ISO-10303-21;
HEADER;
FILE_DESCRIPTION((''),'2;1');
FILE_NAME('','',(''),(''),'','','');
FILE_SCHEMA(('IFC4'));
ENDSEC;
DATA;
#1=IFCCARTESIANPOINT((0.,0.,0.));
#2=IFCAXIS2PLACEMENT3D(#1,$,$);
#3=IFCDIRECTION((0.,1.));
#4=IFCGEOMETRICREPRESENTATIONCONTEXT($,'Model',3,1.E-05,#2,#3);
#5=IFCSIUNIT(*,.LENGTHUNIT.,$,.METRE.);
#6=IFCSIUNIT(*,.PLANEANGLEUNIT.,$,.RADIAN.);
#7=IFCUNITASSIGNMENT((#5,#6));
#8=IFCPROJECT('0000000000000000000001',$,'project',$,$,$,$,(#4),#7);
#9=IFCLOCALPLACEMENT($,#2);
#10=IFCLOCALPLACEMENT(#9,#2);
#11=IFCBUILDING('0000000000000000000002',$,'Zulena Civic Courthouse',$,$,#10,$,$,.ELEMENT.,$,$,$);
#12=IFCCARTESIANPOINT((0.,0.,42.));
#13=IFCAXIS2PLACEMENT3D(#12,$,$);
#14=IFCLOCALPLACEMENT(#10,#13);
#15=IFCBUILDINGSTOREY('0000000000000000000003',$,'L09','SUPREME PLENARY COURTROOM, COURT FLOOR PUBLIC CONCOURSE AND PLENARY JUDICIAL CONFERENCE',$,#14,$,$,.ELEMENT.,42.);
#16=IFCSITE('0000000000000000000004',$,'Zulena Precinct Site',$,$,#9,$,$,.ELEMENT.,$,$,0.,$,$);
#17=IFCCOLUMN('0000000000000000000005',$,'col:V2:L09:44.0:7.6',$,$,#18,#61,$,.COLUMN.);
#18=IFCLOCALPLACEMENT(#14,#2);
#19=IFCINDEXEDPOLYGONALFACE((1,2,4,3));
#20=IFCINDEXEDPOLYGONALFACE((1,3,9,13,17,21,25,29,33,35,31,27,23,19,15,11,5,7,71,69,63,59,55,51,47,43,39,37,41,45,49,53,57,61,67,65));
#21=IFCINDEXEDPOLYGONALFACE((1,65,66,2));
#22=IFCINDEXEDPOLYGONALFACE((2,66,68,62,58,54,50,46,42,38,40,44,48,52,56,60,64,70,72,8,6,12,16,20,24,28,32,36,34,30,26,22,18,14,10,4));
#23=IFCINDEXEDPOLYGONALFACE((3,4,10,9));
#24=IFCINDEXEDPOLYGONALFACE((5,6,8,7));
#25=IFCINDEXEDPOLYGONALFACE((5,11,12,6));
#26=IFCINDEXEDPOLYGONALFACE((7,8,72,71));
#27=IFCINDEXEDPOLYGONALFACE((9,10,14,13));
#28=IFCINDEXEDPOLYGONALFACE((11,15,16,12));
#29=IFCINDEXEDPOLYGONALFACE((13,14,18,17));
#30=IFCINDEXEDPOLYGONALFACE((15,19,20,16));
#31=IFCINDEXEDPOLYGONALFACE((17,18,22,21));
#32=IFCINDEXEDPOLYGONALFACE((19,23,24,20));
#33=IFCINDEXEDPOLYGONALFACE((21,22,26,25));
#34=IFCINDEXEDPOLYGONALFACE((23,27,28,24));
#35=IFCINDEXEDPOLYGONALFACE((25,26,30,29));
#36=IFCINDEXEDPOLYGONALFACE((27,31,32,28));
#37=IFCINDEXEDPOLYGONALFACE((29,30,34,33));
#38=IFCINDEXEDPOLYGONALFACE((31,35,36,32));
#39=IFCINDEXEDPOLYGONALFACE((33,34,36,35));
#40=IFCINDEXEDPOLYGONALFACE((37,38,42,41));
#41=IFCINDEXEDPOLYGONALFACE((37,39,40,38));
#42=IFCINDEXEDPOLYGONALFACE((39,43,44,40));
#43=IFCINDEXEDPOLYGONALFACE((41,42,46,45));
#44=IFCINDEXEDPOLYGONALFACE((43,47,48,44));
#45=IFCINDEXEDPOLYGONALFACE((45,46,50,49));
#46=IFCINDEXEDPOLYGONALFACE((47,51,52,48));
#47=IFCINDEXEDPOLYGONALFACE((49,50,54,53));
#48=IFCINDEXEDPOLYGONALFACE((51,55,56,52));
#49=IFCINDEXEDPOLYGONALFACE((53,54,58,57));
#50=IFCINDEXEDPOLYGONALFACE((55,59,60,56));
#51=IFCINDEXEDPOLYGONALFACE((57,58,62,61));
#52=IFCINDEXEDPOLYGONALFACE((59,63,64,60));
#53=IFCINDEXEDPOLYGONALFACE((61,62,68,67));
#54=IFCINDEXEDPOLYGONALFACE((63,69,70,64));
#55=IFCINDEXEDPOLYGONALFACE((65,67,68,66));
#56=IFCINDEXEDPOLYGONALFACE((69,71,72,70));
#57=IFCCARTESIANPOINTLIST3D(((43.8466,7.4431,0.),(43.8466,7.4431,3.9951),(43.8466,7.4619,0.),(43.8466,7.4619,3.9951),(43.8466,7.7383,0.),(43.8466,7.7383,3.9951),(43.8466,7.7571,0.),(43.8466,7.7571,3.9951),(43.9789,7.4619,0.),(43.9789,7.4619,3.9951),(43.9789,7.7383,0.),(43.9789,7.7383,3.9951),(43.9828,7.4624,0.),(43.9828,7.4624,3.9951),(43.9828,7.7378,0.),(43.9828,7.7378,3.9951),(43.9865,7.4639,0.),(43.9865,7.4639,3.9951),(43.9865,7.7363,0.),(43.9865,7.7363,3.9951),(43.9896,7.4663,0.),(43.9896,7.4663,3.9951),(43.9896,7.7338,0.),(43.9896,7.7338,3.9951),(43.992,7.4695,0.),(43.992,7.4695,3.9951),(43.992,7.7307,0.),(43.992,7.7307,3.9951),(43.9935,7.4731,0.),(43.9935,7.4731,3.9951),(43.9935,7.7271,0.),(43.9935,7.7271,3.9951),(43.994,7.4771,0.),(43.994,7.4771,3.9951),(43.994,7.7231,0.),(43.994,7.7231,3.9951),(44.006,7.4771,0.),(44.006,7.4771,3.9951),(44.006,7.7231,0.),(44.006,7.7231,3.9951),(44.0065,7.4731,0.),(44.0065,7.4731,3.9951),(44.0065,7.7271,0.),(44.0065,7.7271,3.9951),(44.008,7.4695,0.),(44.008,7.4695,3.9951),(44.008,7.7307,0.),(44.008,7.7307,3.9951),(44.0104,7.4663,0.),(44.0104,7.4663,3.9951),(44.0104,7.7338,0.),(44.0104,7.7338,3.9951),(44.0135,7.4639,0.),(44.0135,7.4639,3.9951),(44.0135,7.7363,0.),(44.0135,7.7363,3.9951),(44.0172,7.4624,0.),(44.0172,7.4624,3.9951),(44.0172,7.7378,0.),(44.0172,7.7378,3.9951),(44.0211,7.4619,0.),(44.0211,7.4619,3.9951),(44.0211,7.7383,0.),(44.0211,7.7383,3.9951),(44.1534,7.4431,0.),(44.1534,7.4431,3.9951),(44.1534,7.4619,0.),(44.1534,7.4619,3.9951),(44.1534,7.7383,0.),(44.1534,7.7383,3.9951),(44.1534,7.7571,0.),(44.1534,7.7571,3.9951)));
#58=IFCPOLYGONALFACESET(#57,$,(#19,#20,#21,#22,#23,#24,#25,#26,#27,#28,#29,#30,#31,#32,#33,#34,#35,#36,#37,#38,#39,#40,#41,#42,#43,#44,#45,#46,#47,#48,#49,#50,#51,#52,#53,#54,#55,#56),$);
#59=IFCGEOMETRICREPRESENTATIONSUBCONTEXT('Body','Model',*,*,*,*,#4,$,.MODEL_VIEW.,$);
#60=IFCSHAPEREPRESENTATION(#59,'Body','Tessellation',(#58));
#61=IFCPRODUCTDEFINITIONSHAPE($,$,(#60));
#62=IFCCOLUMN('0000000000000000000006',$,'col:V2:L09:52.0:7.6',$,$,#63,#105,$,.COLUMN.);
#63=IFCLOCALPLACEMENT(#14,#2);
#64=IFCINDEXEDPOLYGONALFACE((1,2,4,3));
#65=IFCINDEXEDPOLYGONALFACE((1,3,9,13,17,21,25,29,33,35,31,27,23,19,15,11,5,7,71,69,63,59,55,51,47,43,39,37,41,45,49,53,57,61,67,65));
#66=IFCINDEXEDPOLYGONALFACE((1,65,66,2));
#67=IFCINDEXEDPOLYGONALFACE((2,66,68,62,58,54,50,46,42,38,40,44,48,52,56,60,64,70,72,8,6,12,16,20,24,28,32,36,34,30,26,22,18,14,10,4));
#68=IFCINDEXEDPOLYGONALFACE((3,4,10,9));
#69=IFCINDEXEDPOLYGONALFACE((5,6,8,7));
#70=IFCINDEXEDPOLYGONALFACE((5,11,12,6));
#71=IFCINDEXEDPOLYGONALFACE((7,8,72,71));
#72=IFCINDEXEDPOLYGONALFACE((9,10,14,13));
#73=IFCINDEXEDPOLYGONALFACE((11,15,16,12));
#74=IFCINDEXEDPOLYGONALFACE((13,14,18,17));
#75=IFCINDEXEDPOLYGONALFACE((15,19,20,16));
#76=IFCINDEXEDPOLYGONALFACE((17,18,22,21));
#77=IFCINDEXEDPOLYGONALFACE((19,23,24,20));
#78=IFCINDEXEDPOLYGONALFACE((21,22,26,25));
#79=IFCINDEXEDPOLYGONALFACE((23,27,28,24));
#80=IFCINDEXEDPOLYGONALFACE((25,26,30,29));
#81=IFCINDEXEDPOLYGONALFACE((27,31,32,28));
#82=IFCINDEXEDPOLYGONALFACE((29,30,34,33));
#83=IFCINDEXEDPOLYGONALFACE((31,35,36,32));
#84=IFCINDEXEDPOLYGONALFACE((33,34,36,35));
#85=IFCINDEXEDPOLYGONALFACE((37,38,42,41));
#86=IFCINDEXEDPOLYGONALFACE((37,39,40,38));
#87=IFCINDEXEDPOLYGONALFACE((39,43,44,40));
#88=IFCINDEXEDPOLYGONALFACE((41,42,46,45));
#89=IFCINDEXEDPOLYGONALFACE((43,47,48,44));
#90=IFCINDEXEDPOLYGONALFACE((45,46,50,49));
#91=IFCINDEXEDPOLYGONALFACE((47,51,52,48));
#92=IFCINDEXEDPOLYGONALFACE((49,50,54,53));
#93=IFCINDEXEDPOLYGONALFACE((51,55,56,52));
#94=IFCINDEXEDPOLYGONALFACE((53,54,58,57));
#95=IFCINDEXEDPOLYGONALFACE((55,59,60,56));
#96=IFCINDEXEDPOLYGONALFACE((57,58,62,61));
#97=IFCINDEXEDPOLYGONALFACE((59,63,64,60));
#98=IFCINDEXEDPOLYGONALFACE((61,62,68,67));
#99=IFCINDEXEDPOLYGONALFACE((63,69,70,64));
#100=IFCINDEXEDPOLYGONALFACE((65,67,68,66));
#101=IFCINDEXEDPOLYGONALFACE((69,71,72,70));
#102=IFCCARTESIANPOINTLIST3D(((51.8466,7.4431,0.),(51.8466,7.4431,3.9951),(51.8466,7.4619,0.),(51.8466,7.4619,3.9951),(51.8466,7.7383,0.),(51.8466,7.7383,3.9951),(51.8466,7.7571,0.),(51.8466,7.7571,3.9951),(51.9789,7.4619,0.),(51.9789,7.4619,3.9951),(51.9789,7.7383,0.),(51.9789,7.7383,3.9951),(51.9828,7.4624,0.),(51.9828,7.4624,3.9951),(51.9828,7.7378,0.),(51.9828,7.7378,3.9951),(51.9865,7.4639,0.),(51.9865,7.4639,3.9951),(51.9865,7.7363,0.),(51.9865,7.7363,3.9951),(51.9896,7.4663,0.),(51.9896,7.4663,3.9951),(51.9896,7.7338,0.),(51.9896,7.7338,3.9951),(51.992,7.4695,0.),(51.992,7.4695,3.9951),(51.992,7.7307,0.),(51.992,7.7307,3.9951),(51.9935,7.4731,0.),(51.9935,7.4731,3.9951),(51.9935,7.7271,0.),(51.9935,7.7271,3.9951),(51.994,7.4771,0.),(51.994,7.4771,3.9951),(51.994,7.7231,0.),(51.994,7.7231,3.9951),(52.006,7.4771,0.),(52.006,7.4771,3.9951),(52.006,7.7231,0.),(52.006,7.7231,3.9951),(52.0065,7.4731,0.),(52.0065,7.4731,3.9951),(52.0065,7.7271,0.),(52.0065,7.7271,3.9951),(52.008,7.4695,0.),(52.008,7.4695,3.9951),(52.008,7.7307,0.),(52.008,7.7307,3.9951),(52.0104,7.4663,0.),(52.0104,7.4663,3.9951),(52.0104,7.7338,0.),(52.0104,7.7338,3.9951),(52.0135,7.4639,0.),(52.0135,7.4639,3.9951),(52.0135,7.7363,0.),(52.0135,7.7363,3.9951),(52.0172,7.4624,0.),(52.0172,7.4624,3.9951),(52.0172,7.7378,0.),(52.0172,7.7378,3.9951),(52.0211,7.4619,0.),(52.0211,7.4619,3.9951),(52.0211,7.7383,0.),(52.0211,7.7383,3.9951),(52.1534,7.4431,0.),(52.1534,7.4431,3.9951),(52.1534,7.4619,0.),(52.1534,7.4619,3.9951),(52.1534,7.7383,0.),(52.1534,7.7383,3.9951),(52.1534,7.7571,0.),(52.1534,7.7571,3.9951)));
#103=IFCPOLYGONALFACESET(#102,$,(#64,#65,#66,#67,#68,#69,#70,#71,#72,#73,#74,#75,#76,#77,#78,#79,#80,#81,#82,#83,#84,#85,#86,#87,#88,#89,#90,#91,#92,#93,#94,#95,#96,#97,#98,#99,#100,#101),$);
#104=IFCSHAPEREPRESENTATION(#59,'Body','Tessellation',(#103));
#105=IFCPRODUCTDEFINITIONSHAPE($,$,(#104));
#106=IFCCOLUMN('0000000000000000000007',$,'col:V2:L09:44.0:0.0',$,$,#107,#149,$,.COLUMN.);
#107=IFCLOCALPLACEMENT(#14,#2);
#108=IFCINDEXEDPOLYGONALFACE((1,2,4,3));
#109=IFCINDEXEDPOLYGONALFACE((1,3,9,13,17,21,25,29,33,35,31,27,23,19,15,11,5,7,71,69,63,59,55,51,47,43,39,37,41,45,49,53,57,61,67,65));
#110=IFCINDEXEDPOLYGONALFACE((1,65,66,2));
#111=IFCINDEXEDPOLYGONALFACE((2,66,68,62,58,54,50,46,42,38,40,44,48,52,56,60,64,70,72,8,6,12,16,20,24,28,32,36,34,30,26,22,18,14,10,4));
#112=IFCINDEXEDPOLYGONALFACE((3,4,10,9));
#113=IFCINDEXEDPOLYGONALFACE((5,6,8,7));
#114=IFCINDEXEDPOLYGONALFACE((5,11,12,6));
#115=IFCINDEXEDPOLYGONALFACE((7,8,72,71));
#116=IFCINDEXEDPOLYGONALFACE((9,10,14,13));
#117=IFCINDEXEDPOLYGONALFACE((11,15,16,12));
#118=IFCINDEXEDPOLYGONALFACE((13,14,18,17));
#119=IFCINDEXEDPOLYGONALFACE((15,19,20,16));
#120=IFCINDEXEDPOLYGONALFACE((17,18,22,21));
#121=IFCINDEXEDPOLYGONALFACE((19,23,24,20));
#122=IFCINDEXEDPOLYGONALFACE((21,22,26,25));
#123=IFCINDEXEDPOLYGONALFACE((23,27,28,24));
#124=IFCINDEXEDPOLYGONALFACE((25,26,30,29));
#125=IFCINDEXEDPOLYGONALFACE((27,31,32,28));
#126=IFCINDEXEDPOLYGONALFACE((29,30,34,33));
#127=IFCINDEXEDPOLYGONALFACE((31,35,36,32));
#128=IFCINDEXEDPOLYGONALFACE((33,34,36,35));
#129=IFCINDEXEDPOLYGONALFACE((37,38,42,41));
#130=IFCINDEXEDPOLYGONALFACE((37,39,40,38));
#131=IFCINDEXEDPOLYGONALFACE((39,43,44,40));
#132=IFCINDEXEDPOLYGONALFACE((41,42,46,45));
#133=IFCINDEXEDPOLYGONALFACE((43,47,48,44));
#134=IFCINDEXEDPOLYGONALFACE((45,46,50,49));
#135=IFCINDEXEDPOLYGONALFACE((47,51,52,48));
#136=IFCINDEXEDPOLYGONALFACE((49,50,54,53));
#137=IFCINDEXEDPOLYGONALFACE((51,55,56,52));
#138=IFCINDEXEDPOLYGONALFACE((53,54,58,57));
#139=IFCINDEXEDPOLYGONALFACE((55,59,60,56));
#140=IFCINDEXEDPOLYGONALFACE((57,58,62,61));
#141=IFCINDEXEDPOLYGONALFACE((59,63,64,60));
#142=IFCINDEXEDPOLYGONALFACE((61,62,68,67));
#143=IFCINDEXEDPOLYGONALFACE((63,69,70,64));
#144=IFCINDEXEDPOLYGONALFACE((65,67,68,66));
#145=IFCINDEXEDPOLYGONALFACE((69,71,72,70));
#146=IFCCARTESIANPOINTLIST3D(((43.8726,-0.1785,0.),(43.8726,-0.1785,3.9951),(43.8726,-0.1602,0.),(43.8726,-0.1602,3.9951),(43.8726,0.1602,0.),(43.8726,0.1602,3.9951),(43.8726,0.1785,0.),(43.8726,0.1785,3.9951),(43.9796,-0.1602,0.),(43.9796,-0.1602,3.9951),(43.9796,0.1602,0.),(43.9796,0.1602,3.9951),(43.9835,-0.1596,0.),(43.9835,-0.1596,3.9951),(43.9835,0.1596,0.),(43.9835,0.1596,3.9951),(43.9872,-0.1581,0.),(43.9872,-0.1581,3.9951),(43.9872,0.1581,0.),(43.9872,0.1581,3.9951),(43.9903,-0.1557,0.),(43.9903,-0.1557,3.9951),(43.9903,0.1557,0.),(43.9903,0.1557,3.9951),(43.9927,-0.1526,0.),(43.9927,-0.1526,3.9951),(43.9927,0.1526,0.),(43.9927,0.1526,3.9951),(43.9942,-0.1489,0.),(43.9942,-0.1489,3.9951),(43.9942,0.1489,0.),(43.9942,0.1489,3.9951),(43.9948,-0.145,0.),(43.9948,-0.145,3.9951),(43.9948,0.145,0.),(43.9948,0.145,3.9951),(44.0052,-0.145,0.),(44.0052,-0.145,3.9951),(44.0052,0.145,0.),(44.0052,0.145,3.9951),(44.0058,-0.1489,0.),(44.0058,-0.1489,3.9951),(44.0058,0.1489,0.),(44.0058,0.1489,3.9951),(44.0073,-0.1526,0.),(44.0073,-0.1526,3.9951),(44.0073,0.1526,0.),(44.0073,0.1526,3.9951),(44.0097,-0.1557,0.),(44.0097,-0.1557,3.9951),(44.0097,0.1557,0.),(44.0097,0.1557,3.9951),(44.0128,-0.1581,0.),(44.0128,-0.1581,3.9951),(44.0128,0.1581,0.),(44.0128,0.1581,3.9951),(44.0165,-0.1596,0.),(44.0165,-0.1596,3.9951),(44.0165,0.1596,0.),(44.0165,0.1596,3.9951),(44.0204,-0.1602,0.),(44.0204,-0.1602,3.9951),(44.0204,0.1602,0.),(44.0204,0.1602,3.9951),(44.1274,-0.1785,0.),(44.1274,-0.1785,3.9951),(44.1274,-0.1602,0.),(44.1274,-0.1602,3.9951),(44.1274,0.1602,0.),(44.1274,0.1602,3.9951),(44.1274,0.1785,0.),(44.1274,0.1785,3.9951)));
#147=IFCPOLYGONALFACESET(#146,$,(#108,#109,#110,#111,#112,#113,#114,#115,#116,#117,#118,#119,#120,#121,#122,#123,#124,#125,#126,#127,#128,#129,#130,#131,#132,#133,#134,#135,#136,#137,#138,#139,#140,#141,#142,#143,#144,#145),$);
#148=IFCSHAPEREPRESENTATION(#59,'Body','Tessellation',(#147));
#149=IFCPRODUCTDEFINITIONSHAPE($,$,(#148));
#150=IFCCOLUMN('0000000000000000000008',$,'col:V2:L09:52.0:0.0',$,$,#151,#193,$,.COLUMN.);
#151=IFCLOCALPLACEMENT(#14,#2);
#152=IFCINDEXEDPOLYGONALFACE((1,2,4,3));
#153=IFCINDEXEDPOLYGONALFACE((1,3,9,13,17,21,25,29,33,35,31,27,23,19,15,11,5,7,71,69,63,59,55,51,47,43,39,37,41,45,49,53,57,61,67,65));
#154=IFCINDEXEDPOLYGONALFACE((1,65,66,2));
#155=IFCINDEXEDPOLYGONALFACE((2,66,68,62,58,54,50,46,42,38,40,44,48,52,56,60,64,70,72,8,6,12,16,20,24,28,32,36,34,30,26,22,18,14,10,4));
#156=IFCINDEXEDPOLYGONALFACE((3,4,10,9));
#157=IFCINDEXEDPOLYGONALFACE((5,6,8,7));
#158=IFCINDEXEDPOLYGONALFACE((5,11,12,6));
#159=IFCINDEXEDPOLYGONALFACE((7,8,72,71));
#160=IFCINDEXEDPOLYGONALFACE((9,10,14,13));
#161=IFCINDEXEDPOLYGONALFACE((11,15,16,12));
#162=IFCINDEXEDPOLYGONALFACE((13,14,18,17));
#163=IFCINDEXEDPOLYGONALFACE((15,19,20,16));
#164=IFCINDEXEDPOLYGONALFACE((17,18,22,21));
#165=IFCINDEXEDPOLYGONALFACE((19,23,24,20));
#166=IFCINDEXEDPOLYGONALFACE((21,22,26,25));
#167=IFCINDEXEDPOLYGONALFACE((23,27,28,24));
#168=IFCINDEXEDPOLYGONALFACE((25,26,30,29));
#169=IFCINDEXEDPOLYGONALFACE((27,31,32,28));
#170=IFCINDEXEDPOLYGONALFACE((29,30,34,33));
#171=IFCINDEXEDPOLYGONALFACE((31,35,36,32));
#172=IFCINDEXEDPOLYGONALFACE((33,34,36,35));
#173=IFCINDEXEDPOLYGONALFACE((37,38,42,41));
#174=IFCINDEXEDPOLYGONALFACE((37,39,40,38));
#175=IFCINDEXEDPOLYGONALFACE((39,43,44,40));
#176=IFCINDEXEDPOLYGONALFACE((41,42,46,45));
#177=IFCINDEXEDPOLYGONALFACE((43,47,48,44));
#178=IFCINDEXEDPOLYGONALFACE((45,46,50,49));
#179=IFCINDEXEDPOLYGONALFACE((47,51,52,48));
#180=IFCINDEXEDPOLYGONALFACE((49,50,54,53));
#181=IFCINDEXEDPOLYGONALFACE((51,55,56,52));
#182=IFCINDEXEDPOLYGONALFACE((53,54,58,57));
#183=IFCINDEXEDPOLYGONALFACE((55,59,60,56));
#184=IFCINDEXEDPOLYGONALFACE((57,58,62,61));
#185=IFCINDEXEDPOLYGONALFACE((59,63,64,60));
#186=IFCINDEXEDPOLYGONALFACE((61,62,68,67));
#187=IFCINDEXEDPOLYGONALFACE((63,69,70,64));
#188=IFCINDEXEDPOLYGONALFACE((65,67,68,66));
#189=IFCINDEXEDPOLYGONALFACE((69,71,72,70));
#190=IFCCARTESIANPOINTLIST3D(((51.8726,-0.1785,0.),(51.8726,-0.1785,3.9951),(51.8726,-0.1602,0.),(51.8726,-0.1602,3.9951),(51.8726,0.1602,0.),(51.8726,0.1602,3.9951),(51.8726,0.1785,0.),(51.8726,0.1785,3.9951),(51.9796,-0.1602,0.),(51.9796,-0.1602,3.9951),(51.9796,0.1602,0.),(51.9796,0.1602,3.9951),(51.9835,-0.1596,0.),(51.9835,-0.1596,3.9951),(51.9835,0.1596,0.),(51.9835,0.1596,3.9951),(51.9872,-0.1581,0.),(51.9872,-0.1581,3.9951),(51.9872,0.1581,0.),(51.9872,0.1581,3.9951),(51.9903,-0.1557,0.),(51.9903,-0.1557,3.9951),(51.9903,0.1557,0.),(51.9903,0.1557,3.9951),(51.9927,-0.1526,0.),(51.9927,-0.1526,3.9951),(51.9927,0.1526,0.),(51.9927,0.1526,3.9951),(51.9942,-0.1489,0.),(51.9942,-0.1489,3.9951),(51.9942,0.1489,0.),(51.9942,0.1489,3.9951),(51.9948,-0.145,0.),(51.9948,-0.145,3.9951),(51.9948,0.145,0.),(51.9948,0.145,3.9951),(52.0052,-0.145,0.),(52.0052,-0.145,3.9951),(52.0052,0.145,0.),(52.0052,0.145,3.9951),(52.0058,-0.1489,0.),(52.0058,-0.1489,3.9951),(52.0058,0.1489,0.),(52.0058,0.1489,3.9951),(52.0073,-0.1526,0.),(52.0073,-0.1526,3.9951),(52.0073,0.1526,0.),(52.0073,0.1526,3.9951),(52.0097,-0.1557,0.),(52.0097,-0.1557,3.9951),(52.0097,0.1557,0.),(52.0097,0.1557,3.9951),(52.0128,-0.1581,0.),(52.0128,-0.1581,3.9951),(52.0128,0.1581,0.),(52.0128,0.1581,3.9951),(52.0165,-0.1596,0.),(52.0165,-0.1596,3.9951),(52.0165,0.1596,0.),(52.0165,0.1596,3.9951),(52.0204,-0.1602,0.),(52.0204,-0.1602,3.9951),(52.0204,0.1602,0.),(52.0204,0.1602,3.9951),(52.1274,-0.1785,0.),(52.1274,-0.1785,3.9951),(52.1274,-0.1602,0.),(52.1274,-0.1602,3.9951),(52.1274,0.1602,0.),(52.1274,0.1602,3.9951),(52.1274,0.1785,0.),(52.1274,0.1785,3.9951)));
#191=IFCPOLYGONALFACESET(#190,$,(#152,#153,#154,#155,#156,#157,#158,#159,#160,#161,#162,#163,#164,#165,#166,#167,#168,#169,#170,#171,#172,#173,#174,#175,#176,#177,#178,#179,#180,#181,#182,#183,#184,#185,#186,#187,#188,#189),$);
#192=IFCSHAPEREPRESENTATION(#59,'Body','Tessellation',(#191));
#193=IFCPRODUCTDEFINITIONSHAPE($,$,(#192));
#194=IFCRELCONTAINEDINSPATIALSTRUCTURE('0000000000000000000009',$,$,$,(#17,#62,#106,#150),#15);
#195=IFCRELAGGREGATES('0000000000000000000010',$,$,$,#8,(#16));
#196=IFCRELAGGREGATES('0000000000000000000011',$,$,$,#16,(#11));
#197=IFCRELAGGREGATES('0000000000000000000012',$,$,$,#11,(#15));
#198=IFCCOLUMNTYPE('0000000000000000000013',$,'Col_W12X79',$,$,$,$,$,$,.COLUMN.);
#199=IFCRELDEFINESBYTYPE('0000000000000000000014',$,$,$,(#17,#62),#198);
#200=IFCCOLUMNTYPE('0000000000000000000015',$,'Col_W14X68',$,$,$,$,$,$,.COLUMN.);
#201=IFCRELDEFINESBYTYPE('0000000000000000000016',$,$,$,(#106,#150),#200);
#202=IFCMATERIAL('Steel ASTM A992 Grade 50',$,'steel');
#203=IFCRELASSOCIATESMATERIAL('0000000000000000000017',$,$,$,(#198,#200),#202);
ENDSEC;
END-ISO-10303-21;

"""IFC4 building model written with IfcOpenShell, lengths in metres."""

from ifc_helpers import new_model, si_unit, direction, frame, origin, origin_2d, place, context, subcontext, project, spatial, i_section, extrude, material, material_profile, profile_set, type_object, element, save


model = new_model("IFC4")

# Units and contexts
model_context = context("Model", 3, precision=1e-05, world=origin(), true_north=direction((0.0, 1.0)))
body_context = subcontext(model_context, "Body", "Model", "MODEL_VIEW")
ifc_project = project(units=[si_unit("LENGTHUNIT", "METRE"), si_unit("PLANEANGLEUNIT", "RADIAN")], contexts=[model_context])

# Site, building, storey
site_placement = place(None, origin())
site = spatial("IfcSite", under=ifc_project, at=site_placement, Name="Zulena Precinct Site", CompositionType="ELEMENT", RefElevation=0.0)
building_placement = place(site_placement, origin())
building = spatial("IfcBuilding", under=site, at=building_placement, Name="Zulena Civic Courthouse", CompositionType="ELEMENT")
storey_placement = place(building_placement, frame((0.0, 0.0, 42.0)))
storey = spatial("IfcBuildingStorey", under=building, at=storey_placement, Name="L09", Description="SUPREME PLENARY COURTROOM, COURT FLOOR PUBLIC CONCOURSE AND PLENARY JUDICIAL CONFERENCE", CompositionType="ELEMENT", Elevation=42.0)

# Columns
ifc_material_1 = material(Name="Steel ASTM A992 Grade 50", Category="steel")
ifc_material_profile_1 = material_profile(ifc_material_1, i_section(OverallWidth=0.3069, OverallDepth=0.314, WebThickness=0.012, FlangeThickness=0.0188, FilletRadius=0.0151, at=origin_2d()), Name="W12X79")
ifc_profile_set_1 = profile_set([ifc_material_profile_1], Name="Steel ASTM A992 Grade 50")
column_type_1 = type_object("IfcColumnType", Name="Col_W12X79", PredefinedType="COLUMN", material=ifc_profile_set_1)
for number, where, z_axis, x_axis, name in (
    (1, (44.0, 7.6001, 0.0), (0.0, 0.0, 1.0), (1.0, 0.0, 0.0), "col:V2:L09:44.0:7.6"),
    (2, (52.0, 7.6001, 0.0), (0.0, 0.0, 1.0), (1.0, 0.0, 0.0), "col:V2:L09:52.0:7.6"),
):
    element("IfcColumn", number, at=place(storey_placement, frame(where, z_axis=z_axis, x_axis=x_axis)), inside=storey, type_object=column_type_1, Name=name, PredefinedType="COLUMN", context=body_context, shape_type="SweptSolid", body=[
        extrude(i_section(OverallWidth=0.3069, OverallDepth=0.314, WebThickness=0.012, FlangeThickness=0.0188, FilletRadius=0.0151, at=origin_2d()), origin(), (0.0, 0.0, 1.0), 3.9951),
    ])
ifc_material_profile_2 = material_profile(ifc_material_1, i_section(OverallWidth=0.2549, OverallDepth=0.3569, WebThickness=0.0105, FlangeThickness=0.0183, FilletRadius=0.0151, at=origin_2d()), Name="W14X68")
ifc_profile_set_2 = profile_set([ifc_material_profile_2], Name="Steel ASTM A992 Grade 50")
column_type_2 = type_object("IfcColumnType", Name="Col_W14X68", PredefinedType="COLUMN", material=ifc_profile_set_2)
for number, where, z_axis, x_axis, name in (
    (3, (44.0, 0.0, 0.0), (0.0, 0.0, 1.0), (1.0, 0.0, 0.0), "col:V2:L09:44.0:0.0"),
    (4, (52.0, 0.0, 0.0), (0.0, 0.0, 1.0), (1.0, 0.0, 0.0), "col:V2:L09:52.0:0.0"),
):
    element("IfcColumn", number, at=place(storey_placement, frame(where, z_axis=z_axis, x_axis=x_axis)), inside=storey, type_object=column_type_2, Name=name, PredefinedType="COLUMN", context=body_context, shape_type="SweptSolid", body=[
        extrude(i_section(OverallWidth=0.2549, OverallDepth=0.3569, WebThickness=0.0105, FlangeThickness=0.0183, FilletRadius=0.0151, at=origin_2d()), origin(), (0.0, 0.0, 1.0), 3.9951),
    ])

save(model, "model.ifc")
